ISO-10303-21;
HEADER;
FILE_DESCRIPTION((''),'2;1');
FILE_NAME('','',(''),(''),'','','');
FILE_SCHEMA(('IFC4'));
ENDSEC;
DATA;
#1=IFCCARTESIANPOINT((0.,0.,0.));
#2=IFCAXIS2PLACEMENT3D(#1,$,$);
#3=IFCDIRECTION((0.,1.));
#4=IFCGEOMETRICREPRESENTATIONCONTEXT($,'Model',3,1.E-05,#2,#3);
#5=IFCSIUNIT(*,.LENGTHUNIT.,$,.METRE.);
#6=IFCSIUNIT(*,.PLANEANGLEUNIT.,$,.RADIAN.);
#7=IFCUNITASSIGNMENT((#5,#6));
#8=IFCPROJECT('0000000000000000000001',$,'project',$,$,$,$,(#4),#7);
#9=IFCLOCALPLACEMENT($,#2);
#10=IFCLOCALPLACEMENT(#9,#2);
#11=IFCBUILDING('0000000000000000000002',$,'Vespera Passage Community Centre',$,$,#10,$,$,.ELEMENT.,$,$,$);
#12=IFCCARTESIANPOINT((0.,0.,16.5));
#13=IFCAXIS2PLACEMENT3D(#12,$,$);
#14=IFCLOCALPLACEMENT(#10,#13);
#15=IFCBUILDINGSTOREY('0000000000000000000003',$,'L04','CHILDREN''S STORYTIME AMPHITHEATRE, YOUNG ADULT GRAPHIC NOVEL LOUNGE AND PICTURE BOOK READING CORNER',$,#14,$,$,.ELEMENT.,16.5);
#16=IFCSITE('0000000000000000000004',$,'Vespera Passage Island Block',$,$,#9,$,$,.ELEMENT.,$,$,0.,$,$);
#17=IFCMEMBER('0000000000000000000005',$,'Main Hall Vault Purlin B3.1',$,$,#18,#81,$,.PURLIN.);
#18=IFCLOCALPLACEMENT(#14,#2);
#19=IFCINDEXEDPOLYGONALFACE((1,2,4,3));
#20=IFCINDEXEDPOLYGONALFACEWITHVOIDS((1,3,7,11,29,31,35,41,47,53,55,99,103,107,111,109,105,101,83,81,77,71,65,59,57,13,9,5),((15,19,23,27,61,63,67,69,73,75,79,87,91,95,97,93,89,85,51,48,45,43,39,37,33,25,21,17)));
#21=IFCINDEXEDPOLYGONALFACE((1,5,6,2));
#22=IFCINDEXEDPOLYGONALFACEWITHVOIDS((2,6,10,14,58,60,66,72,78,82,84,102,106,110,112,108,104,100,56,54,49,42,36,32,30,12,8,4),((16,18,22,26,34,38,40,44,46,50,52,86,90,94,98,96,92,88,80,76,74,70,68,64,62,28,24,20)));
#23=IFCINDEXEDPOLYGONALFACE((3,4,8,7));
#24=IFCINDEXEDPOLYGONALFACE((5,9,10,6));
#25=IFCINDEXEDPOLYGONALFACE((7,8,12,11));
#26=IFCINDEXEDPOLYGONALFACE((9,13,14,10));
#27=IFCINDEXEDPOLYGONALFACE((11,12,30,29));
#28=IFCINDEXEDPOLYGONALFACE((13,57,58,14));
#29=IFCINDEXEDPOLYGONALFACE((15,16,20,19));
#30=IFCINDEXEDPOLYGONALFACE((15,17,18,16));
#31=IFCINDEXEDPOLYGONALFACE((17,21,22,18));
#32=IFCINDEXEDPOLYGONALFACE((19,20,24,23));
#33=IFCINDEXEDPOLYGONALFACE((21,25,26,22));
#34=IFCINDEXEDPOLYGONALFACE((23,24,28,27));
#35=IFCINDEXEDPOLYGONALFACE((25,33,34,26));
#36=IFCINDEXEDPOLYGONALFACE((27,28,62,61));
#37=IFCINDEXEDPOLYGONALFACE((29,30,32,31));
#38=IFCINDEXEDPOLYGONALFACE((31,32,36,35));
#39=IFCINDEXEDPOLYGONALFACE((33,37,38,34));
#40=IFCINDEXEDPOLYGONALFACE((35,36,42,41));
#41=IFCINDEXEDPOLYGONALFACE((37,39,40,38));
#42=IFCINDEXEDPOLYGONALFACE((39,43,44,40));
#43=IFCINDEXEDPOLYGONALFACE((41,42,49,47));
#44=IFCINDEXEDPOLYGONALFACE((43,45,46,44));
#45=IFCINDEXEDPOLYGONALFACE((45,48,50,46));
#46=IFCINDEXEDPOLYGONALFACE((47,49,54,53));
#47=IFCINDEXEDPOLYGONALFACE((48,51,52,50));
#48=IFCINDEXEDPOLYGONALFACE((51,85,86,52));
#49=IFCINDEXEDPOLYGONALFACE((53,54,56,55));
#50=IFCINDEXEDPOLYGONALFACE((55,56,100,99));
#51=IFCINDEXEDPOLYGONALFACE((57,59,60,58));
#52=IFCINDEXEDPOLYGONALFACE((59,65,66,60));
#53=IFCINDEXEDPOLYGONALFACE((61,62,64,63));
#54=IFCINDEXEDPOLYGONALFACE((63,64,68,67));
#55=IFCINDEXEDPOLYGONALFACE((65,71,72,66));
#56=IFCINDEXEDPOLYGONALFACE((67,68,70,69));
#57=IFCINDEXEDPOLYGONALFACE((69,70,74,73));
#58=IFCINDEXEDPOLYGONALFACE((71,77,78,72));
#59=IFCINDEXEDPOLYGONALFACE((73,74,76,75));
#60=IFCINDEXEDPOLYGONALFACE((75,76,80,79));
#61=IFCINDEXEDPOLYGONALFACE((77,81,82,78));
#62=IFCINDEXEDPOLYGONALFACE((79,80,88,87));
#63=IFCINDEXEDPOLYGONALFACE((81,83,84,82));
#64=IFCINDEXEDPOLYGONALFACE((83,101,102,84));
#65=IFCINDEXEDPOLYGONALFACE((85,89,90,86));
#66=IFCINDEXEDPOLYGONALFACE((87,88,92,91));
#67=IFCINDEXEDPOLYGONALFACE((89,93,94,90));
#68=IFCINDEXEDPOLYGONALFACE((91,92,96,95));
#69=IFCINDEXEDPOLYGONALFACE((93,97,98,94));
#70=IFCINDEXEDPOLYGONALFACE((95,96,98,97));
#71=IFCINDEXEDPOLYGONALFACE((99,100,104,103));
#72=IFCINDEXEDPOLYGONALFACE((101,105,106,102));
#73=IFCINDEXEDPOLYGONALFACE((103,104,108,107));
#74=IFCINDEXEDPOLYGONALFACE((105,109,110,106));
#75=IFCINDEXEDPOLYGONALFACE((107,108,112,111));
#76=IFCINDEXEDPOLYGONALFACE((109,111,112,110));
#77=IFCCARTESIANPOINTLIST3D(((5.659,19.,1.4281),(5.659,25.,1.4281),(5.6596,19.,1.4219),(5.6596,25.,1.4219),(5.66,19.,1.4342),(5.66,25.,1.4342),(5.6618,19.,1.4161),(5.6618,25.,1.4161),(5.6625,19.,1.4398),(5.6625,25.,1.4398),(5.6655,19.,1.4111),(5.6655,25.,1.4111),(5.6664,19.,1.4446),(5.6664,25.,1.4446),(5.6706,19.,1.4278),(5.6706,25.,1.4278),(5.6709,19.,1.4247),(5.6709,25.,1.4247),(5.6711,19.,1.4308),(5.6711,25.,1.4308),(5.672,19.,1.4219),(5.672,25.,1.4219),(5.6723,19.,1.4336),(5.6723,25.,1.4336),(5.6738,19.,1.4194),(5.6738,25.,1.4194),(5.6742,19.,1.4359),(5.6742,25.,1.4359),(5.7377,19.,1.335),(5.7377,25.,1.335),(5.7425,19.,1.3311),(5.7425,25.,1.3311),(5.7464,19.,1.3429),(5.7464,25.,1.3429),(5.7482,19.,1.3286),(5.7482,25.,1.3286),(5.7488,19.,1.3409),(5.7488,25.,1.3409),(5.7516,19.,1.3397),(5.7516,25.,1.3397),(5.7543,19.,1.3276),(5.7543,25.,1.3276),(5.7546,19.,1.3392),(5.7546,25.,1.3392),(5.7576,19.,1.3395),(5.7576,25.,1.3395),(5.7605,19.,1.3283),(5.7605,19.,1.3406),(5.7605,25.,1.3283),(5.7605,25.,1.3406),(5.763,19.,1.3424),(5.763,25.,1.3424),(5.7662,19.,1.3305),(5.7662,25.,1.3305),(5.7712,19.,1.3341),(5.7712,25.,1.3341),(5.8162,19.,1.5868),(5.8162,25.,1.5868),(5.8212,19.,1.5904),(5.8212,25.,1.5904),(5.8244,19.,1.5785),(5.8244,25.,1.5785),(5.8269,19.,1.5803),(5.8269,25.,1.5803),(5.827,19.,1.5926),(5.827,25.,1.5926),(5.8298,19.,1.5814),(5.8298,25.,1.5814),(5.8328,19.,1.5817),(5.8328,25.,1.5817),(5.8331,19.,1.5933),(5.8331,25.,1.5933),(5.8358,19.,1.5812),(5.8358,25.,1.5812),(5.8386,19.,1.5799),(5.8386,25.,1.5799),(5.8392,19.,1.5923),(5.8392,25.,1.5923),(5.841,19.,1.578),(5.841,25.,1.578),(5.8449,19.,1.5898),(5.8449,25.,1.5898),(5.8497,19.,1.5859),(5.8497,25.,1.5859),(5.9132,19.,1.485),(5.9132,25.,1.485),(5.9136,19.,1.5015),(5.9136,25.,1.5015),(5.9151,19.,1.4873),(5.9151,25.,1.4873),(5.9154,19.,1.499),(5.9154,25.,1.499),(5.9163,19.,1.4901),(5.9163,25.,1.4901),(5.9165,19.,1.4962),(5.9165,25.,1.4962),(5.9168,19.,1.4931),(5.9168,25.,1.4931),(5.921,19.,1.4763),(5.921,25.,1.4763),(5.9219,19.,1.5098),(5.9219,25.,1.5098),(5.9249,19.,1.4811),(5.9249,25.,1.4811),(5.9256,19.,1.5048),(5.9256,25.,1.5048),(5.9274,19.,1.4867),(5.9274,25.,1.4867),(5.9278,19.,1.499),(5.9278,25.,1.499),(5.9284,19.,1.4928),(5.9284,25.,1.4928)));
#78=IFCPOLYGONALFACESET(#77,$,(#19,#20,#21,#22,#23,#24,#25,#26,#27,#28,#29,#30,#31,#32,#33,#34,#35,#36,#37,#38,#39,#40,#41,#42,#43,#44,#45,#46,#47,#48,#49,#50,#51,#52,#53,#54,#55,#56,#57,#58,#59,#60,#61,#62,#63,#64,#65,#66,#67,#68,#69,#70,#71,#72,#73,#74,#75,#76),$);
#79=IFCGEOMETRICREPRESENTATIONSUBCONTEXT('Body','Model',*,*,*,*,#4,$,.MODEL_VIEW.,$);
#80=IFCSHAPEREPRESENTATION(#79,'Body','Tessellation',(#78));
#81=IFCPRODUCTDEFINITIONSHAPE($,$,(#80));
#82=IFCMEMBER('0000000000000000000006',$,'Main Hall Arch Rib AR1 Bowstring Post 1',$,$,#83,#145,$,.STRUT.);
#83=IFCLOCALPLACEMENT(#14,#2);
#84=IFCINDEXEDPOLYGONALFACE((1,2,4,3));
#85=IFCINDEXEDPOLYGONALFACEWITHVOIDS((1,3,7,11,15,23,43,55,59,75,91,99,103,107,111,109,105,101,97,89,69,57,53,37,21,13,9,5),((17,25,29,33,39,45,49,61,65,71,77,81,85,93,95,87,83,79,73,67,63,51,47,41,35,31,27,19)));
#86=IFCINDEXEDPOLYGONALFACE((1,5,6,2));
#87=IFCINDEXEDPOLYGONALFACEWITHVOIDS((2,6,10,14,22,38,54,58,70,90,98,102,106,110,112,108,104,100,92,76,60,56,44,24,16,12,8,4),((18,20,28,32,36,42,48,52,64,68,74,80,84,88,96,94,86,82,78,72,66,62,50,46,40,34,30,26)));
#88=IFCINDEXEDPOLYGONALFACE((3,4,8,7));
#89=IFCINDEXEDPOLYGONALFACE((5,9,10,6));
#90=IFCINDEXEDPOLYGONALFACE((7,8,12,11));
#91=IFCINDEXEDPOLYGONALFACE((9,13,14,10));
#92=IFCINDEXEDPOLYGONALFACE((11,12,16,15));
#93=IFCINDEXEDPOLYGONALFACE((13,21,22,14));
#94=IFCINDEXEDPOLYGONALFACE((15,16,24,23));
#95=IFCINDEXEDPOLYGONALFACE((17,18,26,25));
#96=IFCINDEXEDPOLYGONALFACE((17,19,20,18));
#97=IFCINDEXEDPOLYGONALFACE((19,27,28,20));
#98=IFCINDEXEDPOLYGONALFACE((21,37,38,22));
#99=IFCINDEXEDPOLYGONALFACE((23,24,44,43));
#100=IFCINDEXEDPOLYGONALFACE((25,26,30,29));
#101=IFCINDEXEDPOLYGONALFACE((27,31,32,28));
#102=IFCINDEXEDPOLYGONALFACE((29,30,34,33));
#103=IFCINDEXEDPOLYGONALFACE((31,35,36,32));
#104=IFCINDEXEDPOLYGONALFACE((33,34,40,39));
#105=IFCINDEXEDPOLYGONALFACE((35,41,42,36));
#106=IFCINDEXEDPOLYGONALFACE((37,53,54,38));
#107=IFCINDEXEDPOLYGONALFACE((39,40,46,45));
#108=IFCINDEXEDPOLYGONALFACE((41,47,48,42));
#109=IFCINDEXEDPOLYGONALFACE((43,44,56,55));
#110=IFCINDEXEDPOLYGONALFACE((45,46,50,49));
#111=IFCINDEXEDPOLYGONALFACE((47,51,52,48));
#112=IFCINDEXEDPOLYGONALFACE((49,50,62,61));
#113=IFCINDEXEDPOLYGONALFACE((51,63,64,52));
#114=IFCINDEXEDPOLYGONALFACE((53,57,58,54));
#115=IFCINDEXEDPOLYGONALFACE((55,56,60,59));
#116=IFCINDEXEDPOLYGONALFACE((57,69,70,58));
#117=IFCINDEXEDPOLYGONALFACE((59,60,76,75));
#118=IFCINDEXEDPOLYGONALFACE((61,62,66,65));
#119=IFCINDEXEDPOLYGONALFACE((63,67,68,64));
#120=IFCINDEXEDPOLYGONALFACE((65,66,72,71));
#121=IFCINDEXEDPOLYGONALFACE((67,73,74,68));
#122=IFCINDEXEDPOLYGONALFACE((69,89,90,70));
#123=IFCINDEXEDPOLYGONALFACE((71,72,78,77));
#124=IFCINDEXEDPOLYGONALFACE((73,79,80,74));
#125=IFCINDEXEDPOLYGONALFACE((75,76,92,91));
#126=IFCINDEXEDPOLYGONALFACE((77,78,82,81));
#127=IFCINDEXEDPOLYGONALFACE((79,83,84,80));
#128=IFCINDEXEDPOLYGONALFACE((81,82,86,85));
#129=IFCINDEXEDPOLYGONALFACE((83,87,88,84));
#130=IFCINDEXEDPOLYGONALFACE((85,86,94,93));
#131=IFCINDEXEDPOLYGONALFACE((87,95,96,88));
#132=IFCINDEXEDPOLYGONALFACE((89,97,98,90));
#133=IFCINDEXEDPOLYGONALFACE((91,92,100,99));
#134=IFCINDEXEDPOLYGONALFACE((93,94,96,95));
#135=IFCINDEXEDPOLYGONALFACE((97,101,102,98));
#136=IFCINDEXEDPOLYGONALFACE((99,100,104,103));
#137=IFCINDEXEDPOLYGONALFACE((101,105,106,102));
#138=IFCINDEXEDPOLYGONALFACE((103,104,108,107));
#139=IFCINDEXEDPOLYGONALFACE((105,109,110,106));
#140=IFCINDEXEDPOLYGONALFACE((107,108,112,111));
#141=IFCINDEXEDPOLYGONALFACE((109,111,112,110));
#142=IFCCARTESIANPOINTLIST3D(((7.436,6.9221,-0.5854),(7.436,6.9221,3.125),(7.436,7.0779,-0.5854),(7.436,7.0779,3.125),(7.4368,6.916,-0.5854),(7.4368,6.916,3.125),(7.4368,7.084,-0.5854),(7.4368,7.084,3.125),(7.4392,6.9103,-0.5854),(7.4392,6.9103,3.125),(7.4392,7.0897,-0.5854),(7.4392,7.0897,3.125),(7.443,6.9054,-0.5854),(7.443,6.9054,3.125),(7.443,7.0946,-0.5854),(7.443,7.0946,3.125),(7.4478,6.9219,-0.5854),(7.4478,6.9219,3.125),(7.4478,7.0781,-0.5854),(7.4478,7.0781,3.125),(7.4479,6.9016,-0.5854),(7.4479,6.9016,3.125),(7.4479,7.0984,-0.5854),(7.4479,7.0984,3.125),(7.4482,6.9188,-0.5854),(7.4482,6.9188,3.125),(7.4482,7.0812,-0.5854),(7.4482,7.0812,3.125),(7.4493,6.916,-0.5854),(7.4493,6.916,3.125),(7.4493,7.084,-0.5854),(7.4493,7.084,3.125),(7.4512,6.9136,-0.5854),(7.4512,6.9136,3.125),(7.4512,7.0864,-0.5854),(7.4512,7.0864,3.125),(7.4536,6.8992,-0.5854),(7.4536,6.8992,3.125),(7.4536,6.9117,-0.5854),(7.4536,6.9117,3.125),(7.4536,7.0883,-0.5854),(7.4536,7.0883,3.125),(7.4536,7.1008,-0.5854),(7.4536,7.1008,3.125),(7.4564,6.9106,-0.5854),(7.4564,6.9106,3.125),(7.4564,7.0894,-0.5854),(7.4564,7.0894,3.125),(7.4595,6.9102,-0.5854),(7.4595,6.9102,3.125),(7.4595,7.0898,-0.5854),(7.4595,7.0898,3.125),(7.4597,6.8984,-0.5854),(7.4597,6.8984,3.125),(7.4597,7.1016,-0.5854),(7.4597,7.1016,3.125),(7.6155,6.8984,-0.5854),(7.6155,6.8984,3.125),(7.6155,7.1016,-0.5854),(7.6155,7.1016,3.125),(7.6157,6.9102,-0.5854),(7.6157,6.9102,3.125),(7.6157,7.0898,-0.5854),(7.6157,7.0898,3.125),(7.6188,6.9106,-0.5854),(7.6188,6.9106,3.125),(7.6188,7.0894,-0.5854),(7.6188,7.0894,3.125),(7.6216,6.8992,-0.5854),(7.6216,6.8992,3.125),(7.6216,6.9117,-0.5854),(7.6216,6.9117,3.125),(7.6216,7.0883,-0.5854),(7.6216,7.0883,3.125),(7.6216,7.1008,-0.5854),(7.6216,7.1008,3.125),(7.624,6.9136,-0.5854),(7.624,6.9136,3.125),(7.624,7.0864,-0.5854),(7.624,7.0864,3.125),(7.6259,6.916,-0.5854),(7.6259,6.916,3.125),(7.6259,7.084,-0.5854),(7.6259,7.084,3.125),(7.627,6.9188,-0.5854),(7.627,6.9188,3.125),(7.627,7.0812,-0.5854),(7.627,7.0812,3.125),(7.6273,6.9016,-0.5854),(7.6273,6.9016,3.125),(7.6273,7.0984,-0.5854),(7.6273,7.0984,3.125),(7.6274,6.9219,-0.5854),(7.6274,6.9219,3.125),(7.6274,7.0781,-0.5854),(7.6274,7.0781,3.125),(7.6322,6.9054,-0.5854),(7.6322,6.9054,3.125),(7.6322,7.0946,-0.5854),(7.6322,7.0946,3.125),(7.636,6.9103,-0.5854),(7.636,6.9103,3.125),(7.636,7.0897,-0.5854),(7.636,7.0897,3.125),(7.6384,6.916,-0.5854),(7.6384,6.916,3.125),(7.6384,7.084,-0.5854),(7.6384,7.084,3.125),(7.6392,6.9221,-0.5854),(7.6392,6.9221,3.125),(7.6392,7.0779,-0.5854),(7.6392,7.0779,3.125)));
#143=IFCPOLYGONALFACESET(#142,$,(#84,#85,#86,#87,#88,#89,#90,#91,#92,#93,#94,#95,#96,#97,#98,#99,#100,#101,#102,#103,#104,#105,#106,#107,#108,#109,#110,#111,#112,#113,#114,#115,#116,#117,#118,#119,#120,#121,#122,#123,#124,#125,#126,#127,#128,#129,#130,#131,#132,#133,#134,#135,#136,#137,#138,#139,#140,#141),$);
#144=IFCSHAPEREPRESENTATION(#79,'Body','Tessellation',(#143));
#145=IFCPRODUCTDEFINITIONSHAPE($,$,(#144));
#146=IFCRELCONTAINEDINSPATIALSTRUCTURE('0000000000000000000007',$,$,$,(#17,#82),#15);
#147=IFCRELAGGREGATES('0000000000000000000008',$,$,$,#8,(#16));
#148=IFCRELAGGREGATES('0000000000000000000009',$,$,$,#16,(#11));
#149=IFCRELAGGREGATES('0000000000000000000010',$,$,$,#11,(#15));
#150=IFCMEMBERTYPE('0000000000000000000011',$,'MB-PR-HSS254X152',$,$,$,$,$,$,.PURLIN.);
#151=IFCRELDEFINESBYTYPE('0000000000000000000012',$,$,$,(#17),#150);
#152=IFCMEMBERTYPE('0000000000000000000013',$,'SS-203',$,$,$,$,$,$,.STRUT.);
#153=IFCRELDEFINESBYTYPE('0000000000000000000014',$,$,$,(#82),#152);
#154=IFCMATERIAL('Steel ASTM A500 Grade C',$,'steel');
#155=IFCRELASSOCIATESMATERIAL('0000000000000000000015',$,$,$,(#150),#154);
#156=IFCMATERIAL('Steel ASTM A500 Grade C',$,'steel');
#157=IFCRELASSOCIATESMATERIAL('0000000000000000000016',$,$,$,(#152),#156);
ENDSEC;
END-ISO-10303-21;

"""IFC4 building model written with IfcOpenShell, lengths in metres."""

from ifc_helpers import new_model, si_unit, direction, frame, origin, origin_2d, place, context, subcontext, project, spatial, hollow_rectangle, extrude, material, material_profile, profile_set, type_object, element, save


model = new_model("IFC4")

# Units and contexts
model_context = context("Model", 3, precision=1e-05, world=origin(), true_north=direction((0.0, 1.0)))
body_context = subcontext(model_context, "Body", "Model", "MODEL_VIEW")
ifc_project = project(units=[si_unit("LENGTHUNIT", "METRE"), si_unit("PLANEANGLEUNIT", "RADIAN")], contexts=[model_context])

# Site, building, storey
site_placement = place(None, origin())
site = spatial("IfcSite", under=ifc_project, at=site_placement, Name="Vespera Passage Island Block", CompositionType="ELEMENT", RefElevation=0.0)
building_placement = place(site_placement, origin())
building = spatial("IfcBuilding", under=site, at=building_placement, Name="Vespera Passage Community Centre", CompositionType="ELEMENT")
storey_placement = place(building_placement, frame((0.0, 0.0, 16.5)))
storey = spatial("IfcBuildingStorey", under=building, at=storey_placement, Name="L04", Description="CHILDREN'S STORYTIME AMPHITHEATRE, YOUNG ADULT GRAPHIC NOVEL LOUNGE AND PICTURE BOOK READING CORNER", CompositionType="ELEMENT", Elevation=16.5)

# Members
ifc_material_1 = material(Name="Steel ASTM A500 Grade C", Category="steel")
ifc_material_profile_1 = material_profile(ifc_material_1, hollow_rectangle(XDim=0.1523, YDim=0.2539, WallThickness=0.0117, InnerFilletRadius=0.0117, OuterFilletRadius=0.0237, at=origin_2d()), Name="HSS254X152X12.7")
ifc_profile_set_1 = profile_set([ifc_material_profile_1], Name="Steel ASTM A500 Grade C")
member_type_1 = type_object("IfcMemberType", Name="MB-PR-HSS254X152", PredefinedType="PURLIN", material=ifc_profile_set_1)
for number, where, z_axis, x_axis, name in (
    (1, (5.7937, 19.0, 1.4604), (0.0, 1.0, 0.0), (-0.688355, 0.0, 0.725374), "Main Hall Vault Purlin B3.1"),
):
    element("IfcMember", number, at=place(storey_placement, frame(where, z_axis=z_axis, x_axis=x_axis)), inside=storey, type_object=member_type_1, Name=name, PredefinedType="PURLIN", context=body_context, shape_type="SweptSolid", body=[
        extrude(hollow_rectangle(XDim=0.1523, YDim=0.2539, WallThickness=0.0117, InnerFilletRadius=0.0117, OuterFilletRadius=0.0237, at=origin_2d()), origin(), (0.0, 0.0, 1.0), 6.0),
    ])
ifc_material_2 = material(Name="Steel ASTM A500 Grade C", Category="steel")
ifc_material_profile_2 = material_profile(ifc_material_2, hollow_rectangle(XDim=0.2031, YDim=0.2031, WallThickness=0.0117, InnerFilletRadius=0.0117, OuterFilletRadius=0.0237, at=origin_2d()), Name="HSS203X203X12.7")
ifc_profile_set_2 = profile_set([ifc_material_profile_2], Name="Steel ASTM A500 Grade C")
member_type_2 = type_object("IfcMemberType", Name="SS-203", PredefinedType="STRUT", material=ifc_profile_set_2)
for number, where, z_axis, x_axis, name in (
    (2, (7.5376, 7.0, -0.5854), (0.0, 0.0, 1.0), (1.0, 0.0, 0.0), "Main Hall Arch Rib AR1 Bowstring Post 1"),
):
    element("IfcMember", number, at=place(storey_placement, frame(where, z_axis=z_axis, x_axis=x_axis)), inside=storey, type_object=member_type_2, Name=name, PredefinedType="STRUT", context=body_context, shape_type="SweptSolid", body=[
        extrude(hollow_rectangle(XDim=0.2031, YDim=0.2031, WallThickness=0.0117, InnerFilletRadius=0.0117, OuterFilletRadius=0.0237, at=origin_2d()), origin(), (0.0, 0.0, 1.0), 3.7104),
    ])

save(model, "model.ifc")
